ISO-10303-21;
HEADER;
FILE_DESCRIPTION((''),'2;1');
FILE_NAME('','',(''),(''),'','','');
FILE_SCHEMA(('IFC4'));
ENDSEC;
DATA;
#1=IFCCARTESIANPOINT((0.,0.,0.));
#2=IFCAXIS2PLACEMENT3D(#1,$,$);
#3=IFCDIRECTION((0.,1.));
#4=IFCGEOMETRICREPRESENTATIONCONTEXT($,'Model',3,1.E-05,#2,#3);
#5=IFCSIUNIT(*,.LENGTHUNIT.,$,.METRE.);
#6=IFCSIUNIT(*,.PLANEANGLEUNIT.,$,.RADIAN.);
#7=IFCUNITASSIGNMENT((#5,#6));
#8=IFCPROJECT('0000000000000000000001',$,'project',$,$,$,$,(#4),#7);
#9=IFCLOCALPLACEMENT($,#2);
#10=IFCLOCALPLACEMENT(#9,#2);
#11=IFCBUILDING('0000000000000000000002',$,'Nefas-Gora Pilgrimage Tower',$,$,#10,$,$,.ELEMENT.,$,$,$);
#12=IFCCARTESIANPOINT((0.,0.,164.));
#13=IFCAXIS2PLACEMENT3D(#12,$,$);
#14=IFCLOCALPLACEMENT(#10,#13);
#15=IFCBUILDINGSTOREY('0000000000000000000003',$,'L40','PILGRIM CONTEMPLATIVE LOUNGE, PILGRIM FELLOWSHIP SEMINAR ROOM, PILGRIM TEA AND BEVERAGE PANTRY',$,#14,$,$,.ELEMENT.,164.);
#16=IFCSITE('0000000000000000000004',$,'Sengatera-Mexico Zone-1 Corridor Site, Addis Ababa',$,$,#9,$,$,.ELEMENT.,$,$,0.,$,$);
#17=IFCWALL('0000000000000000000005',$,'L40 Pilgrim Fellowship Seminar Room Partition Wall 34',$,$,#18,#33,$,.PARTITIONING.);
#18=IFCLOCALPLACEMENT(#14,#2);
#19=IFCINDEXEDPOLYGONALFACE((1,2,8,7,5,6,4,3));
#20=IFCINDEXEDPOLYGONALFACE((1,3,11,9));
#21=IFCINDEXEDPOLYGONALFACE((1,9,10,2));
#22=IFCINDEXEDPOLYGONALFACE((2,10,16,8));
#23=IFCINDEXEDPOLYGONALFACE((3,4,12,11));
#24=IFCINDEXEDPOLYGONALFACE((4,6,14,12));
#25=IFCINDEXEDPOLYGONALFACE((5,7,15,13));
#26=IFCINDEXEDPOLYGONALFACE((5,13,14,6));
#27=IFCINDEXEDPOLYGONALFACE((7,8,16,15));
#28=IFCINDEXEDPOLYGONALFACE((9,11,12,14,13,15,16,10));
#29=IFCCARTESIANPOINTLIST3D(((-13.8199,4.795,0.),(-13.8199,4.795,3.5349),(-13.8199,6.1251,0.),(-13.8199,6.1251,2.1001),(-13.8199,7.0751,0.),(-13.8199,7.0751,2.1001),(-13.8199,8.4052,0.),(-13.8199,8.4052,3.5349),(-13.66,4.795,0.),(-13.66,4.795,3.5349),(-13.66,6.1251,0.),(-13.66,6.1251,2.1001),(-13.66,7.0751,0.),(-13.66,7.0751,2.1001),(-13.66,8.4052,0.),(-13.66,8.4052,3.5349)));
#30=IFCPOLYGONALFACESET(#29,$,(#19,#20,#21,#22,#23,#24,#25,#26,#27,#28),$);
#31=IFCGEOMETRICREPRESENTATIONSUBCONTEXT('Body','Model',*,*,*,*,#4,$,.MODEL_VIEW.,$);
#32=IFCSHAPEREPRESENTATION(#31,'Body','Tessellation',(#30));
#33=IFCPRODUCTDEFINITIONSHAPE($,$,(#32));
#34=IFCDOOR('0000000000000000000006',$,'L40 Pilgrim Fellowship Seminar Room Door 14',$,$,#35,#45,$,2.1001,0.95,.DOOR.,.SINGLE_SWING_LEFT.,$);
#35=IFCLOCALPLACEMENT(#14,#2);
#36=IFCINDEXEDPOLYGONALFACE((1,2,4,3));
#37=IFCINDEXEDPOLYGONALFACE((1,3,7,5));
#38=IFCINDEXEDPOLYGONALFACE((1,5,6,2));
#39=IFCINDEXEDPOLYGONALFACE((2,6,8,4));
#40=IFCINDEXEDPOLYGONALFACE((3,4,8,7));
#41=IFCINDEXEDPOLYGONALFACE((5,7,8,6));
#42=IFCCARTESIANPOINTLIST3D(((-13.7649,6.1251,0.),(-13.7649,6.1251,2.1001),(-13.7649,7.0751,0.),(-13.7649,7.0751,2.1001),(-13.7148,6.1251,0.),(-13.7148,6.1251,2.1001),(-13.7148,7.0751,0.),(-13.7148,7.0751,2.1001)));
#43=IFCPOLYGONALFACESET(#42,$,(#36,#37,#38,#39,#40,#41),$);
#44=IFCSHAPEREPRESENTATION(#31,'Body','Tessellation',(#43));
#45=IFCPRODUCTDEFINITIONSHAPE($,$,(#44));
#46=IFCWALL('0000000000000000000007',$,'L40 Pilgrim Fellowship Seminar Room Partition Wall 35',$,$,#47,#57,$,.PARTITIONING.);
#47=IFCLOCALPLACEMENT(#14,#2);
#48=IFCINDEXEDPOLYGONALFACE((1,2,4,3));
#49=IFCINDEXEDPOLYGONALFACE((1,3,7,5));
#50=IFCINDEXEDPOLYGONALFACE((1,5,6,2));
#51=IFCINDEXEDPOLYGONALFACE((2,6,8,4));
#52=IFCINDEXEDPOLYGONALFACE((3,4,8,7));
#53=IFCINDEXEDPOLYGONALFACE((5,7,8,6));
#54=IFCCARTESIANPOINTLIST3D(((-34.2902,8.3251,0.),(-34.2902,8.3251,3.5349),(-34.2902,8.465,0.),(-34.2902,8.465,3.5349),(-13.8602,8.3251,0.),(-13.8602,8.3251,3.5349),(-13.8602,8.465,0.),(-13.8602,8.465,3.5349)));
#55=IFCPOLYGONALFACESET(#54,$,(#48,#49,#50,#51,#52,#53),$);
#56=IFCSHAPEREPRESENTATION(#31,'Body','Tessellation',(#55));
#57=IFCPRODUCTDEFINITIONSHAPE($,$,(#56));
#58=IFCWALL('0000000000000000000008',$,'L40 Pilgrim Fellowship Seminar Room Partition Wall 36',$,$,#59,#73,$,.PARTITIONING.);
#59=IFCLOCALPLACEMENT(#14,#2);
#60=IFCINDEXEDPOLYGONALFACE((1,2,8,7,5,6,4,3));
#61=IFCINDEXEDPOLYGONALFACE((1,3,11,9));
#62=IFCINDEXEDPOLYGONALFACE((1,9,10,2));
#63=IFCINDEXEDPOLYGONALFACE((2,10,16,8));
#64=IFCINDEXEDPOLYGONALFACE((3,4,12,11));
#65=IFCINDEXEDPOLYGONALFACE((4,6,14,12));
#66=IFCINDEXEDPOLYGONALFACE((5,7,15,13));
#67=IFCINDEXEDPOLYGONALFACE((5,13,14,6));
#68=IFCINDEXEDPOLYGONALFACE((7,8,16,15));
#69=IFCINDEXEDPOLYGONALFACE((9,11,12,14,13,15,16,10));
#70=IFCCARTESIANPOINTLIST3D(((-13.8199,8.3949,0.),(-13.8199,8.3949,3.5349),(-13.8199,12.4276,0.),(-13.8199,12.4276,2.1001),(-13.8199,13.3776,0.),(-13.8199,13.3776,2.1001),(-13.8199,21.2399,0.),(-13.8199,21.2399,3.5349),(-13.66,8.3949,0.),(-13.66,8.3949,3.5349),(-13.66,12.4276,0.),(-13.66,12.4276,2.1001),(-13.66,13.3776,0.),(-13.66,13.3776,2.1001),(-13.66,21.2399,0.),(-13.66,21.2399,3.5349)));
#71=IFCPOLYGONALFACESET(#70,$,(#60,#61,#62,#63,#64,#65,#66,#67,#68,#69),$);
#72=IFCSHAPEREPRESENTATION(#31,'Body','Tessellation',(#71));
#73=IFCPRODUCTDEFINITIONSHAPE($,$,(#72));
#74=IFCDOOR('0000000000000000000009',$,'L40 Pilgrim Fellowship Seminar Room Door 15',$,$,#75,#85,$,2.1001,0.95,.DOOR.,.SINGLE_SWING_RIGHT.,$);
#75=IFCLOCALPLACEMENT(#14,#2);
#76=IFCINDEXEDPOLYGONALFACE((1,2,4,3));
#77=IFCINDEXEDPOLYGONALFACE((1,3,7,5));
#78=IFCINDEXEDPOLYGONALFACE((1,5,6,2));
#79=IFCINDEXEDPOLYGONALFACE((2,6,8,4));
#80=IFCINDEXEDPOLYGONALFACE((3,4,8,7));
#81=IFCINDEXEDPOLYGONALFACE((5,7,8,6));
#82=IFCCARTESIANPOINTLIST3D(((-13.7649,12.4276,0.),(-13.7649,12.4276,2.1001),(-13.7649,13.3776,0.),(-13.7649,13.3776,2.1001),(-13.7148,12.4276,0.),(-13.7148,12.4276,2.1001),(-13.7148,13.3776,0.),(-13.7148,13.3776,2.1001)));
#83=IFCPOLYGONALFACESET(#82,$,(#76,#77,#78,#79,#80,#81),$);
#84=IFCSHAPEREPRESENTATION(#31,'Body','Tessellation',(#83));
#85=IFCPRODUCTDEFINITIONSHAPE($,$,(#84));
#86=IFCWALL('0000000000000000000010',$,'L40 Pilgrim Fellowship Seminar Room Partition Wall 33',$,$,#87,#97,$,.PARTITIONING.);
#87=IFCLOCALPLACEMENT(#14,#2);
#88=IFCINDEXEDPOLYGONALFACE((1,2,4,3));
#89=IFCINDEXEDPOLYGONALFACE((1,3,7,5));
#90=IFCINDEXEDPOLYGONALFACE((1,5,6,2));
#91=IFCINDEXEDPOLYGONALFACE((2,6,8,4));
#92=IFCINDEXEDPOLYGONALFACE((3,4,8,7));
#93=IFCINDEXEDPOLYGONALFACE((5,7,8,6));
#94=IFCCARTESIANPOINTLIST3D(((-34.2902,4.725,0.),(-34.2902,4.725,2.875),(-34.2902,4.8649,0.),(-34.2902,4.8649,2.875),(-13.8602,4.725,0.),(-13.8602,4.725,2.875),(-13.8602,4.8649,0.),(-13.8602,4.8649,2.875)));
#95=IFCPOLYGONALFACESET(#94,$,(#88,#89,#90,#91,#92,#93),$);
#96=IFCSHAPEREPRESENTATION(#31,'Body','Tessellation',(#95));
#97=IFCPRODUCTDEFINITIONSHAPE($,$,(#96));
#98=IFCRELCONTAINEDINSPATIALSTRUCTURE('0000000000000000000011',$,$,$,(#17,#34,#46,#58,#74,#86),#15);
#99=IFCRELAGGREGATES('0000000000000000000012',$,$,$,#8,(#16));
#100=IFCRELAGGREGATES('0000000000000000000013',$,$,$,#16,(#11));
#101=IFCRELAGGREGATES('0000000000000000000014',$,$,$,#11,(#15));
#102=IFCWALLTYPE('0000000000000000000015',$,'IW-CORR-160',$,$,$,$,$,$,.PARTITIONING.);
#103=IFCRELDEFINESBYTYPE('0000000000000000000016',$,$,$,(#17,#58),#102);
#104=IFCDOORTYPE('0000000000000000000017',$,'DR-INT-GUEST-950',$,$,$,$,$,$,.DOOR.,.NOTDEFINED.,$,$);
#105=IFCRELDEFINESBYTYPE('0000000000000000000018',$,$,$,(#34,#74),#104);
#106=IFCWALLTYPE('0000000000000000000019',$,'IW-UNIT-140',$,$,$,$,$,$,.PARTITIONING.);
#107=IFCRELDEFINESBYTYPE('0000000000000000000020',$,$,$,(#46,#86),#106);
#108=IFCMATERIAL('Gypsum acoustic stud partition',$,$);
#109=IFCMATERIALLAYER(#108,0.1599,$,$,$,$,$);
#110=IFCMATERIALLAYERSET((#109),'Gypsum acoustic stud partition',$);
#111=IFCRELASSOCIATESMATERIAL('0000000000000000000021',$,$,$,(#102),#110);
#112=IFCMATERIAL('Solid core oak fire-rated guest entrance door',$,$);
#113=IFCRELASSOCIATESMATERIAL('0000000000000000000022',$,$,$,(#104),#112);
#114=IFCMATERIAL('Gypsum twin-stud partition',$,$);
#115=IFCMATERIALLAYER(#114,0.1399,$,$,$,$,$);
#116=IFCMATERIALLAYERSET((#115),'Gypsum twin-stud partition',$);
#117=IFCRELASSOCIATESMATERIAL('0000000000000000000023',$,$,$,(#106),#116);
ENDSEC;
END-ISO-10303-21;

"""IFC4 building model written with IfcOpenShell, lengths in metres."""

from ifc_helpers import new_model, si_unit, direction, frame, frame_2d, origin, place, context, subcontext, project, spatial, rectangle, extrude, source, transform, mapped, material, layer, layer_set, type_object, element, fill, save


model = new_model("IFC4")

# Units and contexts
model_context = context("Model", 3, precision=1e-05, world=origin(), true_north=direction((0.0, 1.0)))
body_context = subcontext(model_context, "Body", "Model", "MODEL_VIEW")
ifc_project = project(units=[si_unit("LENGTHUNIT", "METRE"), si_unit("PLANEANGLEUNIT", "RADIAN")], contexts=[model_context])

# Site, building, storey
site_placement = place(None, origin())
site = spatial("IfcSite", under=ifc_project, at=site_placement, Name="Sengatera-Mexico Zone-1 Corridor Site, Addis Ababa", CompositionType="ELEMENT", RefElevation=0.0)
building_placement = place(site_placement, origin())
building = spatial("IfcBuilding", under=site, at=building_placement, Name="Nefas-Gora Pilgrimage Tower", CompositionType="ELEMENT")
storey_placement = place(building_placement, frame((0.0, 0.0, 164.0)))
storey = spatial("IfcBuildingStorey", under=building, at=storey_placement, Name="L40", Description="PILGRIM CONTEMPLATIVE LOUNGE, PILGRIM FELLOWSHIP SEMINAR ROOM, PILGRIM TEA AND BEVERAGE PANTRY", CompositionType="ELEMENT", Elevation=164.0)

# Wall, opening, door
ifc_material_1 = material(Name="Gypsum acoustic stud partition")
ifc_layer_1 = layer(ifc_material_1, 0.1599)
ifc_layer_set_1 = layer_set([ifc_layer_1], Name="Gypsum acoustic stud partition")
wall_type_1 = type_object("IfcWallType", Name="IW-CORR-160", PredefinedType="PARTITIONING", material=ifc_layer_set_1)
shared_shape_1 = source(origin(), body_context, "Body", "SweptSolid", [
    extrude(rectangle(XDim=3.6101, YDim=0.1599, at=frame_2d((1.8052, 0.0))), origin(), (0.0, 0.0, 1.0), 3.5349),
])
wall_1_placement = place(storey_placement, frame((-13.74, 4.7949, 0.0), z_axis=(0.0, 0.0, 1.0), x_axis=(0.0, 1.0, 0.0)))
wall_1 = element("IfcWall", 1, at=wall_1_placement, inside=storey, type_object=wall_type_1, Name="L40 Pilgrim Fellowship Seminar Room Partition Wall 34", PredefinedType="PARTITIONING", context=body_context, shape_type="MappedRepresentation", body=[
    mapped(shared_shape_1, transform((0.0, 0.0, 0.0), x_axis=(1.0, 0.0, 0.0), y_axis=(0.0, 1.0, 0.0), z_axis=(0.0, 0.0, 1.0), scale=1.0)),
])
opening_1_placement = place(wall_1_placement, frame((1.3301, 0.0, 0.0)))
opening_1 = element("IfcOpeningElement", 2, at=opening_1_placement, cuts=wall_1, PredefinedType="OPENING", context=body_context, shape_type="SweptSolid", body=[
    extrude(rectangle(XDim=0.95, YDim=2.1001, at=frame_2d((0.4751, 1.05))), frame((0.0, 0.0898, 0.0), z_axis=(0.0, -1.0, 0.0), x_axis=(1.0, 0.0, 0.0)), (0.0, 0.0, 1.0), 0.1799),
])
ifc_material_2 = material(Name="Solid core oak fire-rated guest entrance door")
door_type = type_object("IfcDoorType", Name="DR-INT-GUEST-950", OperationType="NOTDEFINED", PredefinedType="DOOR", material=ifc_material_2)
shared_shape_2 = source(origin(), body_context, "Body", "SweptSolid", [
    extrude(rectangle(XDim=0.95, YDim=2.1001, at=frame_2d((0.4751, 1.05))), frame((0.0, 0.0249, 0.0), z_axis=(0.0, -1.0, 0.0), x_axis=(1.0, 0.0, 0.0)), (0.0, 0.0, 1.0), 0.05),
])
door_1_placement = place(opening_1_placement, origin())
door_1 = element("IfcDoor", 3, at=door_1_placement, inside=storey, type_object=door_type, Name="L40 Pilgrim Fellowship Seminar Room Door 14", OperationType="SINGLE_SWING_LEFT", OverallHeight=2.1001, OverallWidth=0.95, PredefinedType="DOOR", context=body_context, shape_type="MappedRepresentation", body=[
    mapped(shared_shape_2, transform((0.0, 0.0, 0.0), x_axis=(1.0, 0.0, 0.0), y_axis=(0.0, 1.0, 0.0), z_axis=(0.0, 0.0, 1.0), scale=1.0)),
])
fill(opening_1, door_1)

# Wall
ifc_material_3 = material(Name="Gypsum twin-stud partition")
ifc_layer_2 = layer(ifc_material_3, 0.1399)
ifc_layer_set_2 = layer_set([ifc_layer_2], Name="Gypsum twin-stud partition")
wall_type_2 = type_object("IfcWallType", Name="IW-UNIT-140", PredefinedType="PARTITIONING", material=ifc_layer_set_2)
shared_shape_3 = source(origin(), body_context, "Body", "SweptSolid", [
    extrude(rectangle(XDim=20.4299, YDim=0.1399, at=frame_2d((10.2148, 0.0))), origin(), (0.0, 0.0, 1.0), 3.5349),
])
wall_2_placement = place(storey_placement, frame((-34.29, 8.395, 0.0), z_axis=(0.0, 0.0, 1.0), x_axis=(1.0, 0.0, 0.0)))
element("IfcWall", 4, at=wall_2_placement, inside=storey, type_object=wall_type_2, Name="L40 Pilgrim Fellowship Seminar Room Partition Wall 35", PredefinedType="PARTITIONING", context=body_context, shape_type="MappedRepresentation", body=[
    mapped(shared_shape_3, transform((0.0, 0.0, 0.0), x_axis=(1.0, 0.0, 0.0), y_axis=(0.0, 1.0, 0.0), z_axis=(0.0, 0.0, 1.0), scale=1.0)),
])

# Wall, opening, door
shared_shape_4 = source(origin(), body_context, "Body", "SweptSolid", [
    extrude(rectangle(XDim=12.845, YDim=0.1599, at=frame_2d((6.4224, 0.0))), origin(), (0.0, 0.0, 1.0), 3.5349),
])
wall_3_placement = place(storey_placement, frame((-13.74, 8.395, 0.0), z_axis=(0.0, 0.0, 1.0), x_axis=(0.0, 1.0, 0.0)))
wall_3 = element("IfcWall", 5, at=wall_3_placement, inside=storey, type_object=wall_type_1, Name="L40 Pilgrim Fellowship Seminar Room Partition Wall 36", PredefinedType="PARTITIONING", context=body_context, shape_type="MappedRepresentation", body=[
    mapped(shared_shape_4, transform((0.0, 0.0, 0.0), x_axis=(1.0, 0.0, 0.0), y_axis=(0.0, 1.0, 0.0), z_axis=(0.0, 0.0, 1.0), scale=1.0)),
])
opening_2_placement = place(wall_3_placement, frame((4.0325, 0.0, 0.0)))
opening_2 = element("IfcOpeningElement", 6, at=opening_2_placement, cuts=wall_3, PredefinedType="OPENING", context=body_context, shape_type="SweptSolid", body=[
    extrude(rectangle(XDim=0.95, YDim=2.1001, at=frame_2d((0.4751, 1.05))), frame((0.0, 0.0898, 0.0), z_axis=(0.0, -1.0, 0.0), x_axis=(1.0, 0.0, 0.0)), (0.0, 0.0, 1.0), 0.1799),
])
door_2_placement = place(opening_2_placement, origin())
door_2 = element("IfcDoor", 7, at=door_2_placement, inside=storey, type_object=door_type, Name="L40 Pilgrim Fellowship Seminar Room Door 15", OperationType="SINGLE_SWING_RIGHT", OverallHeight=2.1001, OverallWidth=0.95, PredefinedType="DOOR", context=body_context, shape_type="MappedRepresentation", body=[
    mapped(shared_shape_2, transform((0.0, 0.0, 0.0), x_axis=(1.0, 0.0, 0.0), y_axis=(0.0, 1.0, 0.0), z_axis=(0.0, 0.0, 1.0), scale=1.0)),
])
fill(opening_2, door_2)

# Wall
shared_shape_5 = source(origin(), body_context, "Body", "SweptSolid", [
    extrude(rectangle(XDim=20.4299, YDim=0.1399, at=frame_2d((10.2148, 0.0))), origin(), (0.0, 0.0, 1.0), 2.875),
])
wall_4_placement = place(storey_placement, frame((-34.29, 4.7949, 0.0), z_axis=(0.0, 0.0, 1.0), x_axis=(1.0, 0.0, 0.0)))
element("IfcWall", 8, at=wall_4_placement, inside=storey, type_object=wall_type_2, Name="L40 Pilgrim Fellowship Seminar Room Partition Wall 33", PredefinedType="PARTITIONING", context=body_context, shape_type="MappedRepresentation", body=[
    mapped(shared_shape_5, transform((0.0, 0.0, 0.0), x_axis=(1.0, 0.0, 0.0), y_axis=(0.0, 1.0, 0.0), z_axis=(0.0, 0.0, 1.0), scale=1.0)),
])

save(model, "model.ifc")
